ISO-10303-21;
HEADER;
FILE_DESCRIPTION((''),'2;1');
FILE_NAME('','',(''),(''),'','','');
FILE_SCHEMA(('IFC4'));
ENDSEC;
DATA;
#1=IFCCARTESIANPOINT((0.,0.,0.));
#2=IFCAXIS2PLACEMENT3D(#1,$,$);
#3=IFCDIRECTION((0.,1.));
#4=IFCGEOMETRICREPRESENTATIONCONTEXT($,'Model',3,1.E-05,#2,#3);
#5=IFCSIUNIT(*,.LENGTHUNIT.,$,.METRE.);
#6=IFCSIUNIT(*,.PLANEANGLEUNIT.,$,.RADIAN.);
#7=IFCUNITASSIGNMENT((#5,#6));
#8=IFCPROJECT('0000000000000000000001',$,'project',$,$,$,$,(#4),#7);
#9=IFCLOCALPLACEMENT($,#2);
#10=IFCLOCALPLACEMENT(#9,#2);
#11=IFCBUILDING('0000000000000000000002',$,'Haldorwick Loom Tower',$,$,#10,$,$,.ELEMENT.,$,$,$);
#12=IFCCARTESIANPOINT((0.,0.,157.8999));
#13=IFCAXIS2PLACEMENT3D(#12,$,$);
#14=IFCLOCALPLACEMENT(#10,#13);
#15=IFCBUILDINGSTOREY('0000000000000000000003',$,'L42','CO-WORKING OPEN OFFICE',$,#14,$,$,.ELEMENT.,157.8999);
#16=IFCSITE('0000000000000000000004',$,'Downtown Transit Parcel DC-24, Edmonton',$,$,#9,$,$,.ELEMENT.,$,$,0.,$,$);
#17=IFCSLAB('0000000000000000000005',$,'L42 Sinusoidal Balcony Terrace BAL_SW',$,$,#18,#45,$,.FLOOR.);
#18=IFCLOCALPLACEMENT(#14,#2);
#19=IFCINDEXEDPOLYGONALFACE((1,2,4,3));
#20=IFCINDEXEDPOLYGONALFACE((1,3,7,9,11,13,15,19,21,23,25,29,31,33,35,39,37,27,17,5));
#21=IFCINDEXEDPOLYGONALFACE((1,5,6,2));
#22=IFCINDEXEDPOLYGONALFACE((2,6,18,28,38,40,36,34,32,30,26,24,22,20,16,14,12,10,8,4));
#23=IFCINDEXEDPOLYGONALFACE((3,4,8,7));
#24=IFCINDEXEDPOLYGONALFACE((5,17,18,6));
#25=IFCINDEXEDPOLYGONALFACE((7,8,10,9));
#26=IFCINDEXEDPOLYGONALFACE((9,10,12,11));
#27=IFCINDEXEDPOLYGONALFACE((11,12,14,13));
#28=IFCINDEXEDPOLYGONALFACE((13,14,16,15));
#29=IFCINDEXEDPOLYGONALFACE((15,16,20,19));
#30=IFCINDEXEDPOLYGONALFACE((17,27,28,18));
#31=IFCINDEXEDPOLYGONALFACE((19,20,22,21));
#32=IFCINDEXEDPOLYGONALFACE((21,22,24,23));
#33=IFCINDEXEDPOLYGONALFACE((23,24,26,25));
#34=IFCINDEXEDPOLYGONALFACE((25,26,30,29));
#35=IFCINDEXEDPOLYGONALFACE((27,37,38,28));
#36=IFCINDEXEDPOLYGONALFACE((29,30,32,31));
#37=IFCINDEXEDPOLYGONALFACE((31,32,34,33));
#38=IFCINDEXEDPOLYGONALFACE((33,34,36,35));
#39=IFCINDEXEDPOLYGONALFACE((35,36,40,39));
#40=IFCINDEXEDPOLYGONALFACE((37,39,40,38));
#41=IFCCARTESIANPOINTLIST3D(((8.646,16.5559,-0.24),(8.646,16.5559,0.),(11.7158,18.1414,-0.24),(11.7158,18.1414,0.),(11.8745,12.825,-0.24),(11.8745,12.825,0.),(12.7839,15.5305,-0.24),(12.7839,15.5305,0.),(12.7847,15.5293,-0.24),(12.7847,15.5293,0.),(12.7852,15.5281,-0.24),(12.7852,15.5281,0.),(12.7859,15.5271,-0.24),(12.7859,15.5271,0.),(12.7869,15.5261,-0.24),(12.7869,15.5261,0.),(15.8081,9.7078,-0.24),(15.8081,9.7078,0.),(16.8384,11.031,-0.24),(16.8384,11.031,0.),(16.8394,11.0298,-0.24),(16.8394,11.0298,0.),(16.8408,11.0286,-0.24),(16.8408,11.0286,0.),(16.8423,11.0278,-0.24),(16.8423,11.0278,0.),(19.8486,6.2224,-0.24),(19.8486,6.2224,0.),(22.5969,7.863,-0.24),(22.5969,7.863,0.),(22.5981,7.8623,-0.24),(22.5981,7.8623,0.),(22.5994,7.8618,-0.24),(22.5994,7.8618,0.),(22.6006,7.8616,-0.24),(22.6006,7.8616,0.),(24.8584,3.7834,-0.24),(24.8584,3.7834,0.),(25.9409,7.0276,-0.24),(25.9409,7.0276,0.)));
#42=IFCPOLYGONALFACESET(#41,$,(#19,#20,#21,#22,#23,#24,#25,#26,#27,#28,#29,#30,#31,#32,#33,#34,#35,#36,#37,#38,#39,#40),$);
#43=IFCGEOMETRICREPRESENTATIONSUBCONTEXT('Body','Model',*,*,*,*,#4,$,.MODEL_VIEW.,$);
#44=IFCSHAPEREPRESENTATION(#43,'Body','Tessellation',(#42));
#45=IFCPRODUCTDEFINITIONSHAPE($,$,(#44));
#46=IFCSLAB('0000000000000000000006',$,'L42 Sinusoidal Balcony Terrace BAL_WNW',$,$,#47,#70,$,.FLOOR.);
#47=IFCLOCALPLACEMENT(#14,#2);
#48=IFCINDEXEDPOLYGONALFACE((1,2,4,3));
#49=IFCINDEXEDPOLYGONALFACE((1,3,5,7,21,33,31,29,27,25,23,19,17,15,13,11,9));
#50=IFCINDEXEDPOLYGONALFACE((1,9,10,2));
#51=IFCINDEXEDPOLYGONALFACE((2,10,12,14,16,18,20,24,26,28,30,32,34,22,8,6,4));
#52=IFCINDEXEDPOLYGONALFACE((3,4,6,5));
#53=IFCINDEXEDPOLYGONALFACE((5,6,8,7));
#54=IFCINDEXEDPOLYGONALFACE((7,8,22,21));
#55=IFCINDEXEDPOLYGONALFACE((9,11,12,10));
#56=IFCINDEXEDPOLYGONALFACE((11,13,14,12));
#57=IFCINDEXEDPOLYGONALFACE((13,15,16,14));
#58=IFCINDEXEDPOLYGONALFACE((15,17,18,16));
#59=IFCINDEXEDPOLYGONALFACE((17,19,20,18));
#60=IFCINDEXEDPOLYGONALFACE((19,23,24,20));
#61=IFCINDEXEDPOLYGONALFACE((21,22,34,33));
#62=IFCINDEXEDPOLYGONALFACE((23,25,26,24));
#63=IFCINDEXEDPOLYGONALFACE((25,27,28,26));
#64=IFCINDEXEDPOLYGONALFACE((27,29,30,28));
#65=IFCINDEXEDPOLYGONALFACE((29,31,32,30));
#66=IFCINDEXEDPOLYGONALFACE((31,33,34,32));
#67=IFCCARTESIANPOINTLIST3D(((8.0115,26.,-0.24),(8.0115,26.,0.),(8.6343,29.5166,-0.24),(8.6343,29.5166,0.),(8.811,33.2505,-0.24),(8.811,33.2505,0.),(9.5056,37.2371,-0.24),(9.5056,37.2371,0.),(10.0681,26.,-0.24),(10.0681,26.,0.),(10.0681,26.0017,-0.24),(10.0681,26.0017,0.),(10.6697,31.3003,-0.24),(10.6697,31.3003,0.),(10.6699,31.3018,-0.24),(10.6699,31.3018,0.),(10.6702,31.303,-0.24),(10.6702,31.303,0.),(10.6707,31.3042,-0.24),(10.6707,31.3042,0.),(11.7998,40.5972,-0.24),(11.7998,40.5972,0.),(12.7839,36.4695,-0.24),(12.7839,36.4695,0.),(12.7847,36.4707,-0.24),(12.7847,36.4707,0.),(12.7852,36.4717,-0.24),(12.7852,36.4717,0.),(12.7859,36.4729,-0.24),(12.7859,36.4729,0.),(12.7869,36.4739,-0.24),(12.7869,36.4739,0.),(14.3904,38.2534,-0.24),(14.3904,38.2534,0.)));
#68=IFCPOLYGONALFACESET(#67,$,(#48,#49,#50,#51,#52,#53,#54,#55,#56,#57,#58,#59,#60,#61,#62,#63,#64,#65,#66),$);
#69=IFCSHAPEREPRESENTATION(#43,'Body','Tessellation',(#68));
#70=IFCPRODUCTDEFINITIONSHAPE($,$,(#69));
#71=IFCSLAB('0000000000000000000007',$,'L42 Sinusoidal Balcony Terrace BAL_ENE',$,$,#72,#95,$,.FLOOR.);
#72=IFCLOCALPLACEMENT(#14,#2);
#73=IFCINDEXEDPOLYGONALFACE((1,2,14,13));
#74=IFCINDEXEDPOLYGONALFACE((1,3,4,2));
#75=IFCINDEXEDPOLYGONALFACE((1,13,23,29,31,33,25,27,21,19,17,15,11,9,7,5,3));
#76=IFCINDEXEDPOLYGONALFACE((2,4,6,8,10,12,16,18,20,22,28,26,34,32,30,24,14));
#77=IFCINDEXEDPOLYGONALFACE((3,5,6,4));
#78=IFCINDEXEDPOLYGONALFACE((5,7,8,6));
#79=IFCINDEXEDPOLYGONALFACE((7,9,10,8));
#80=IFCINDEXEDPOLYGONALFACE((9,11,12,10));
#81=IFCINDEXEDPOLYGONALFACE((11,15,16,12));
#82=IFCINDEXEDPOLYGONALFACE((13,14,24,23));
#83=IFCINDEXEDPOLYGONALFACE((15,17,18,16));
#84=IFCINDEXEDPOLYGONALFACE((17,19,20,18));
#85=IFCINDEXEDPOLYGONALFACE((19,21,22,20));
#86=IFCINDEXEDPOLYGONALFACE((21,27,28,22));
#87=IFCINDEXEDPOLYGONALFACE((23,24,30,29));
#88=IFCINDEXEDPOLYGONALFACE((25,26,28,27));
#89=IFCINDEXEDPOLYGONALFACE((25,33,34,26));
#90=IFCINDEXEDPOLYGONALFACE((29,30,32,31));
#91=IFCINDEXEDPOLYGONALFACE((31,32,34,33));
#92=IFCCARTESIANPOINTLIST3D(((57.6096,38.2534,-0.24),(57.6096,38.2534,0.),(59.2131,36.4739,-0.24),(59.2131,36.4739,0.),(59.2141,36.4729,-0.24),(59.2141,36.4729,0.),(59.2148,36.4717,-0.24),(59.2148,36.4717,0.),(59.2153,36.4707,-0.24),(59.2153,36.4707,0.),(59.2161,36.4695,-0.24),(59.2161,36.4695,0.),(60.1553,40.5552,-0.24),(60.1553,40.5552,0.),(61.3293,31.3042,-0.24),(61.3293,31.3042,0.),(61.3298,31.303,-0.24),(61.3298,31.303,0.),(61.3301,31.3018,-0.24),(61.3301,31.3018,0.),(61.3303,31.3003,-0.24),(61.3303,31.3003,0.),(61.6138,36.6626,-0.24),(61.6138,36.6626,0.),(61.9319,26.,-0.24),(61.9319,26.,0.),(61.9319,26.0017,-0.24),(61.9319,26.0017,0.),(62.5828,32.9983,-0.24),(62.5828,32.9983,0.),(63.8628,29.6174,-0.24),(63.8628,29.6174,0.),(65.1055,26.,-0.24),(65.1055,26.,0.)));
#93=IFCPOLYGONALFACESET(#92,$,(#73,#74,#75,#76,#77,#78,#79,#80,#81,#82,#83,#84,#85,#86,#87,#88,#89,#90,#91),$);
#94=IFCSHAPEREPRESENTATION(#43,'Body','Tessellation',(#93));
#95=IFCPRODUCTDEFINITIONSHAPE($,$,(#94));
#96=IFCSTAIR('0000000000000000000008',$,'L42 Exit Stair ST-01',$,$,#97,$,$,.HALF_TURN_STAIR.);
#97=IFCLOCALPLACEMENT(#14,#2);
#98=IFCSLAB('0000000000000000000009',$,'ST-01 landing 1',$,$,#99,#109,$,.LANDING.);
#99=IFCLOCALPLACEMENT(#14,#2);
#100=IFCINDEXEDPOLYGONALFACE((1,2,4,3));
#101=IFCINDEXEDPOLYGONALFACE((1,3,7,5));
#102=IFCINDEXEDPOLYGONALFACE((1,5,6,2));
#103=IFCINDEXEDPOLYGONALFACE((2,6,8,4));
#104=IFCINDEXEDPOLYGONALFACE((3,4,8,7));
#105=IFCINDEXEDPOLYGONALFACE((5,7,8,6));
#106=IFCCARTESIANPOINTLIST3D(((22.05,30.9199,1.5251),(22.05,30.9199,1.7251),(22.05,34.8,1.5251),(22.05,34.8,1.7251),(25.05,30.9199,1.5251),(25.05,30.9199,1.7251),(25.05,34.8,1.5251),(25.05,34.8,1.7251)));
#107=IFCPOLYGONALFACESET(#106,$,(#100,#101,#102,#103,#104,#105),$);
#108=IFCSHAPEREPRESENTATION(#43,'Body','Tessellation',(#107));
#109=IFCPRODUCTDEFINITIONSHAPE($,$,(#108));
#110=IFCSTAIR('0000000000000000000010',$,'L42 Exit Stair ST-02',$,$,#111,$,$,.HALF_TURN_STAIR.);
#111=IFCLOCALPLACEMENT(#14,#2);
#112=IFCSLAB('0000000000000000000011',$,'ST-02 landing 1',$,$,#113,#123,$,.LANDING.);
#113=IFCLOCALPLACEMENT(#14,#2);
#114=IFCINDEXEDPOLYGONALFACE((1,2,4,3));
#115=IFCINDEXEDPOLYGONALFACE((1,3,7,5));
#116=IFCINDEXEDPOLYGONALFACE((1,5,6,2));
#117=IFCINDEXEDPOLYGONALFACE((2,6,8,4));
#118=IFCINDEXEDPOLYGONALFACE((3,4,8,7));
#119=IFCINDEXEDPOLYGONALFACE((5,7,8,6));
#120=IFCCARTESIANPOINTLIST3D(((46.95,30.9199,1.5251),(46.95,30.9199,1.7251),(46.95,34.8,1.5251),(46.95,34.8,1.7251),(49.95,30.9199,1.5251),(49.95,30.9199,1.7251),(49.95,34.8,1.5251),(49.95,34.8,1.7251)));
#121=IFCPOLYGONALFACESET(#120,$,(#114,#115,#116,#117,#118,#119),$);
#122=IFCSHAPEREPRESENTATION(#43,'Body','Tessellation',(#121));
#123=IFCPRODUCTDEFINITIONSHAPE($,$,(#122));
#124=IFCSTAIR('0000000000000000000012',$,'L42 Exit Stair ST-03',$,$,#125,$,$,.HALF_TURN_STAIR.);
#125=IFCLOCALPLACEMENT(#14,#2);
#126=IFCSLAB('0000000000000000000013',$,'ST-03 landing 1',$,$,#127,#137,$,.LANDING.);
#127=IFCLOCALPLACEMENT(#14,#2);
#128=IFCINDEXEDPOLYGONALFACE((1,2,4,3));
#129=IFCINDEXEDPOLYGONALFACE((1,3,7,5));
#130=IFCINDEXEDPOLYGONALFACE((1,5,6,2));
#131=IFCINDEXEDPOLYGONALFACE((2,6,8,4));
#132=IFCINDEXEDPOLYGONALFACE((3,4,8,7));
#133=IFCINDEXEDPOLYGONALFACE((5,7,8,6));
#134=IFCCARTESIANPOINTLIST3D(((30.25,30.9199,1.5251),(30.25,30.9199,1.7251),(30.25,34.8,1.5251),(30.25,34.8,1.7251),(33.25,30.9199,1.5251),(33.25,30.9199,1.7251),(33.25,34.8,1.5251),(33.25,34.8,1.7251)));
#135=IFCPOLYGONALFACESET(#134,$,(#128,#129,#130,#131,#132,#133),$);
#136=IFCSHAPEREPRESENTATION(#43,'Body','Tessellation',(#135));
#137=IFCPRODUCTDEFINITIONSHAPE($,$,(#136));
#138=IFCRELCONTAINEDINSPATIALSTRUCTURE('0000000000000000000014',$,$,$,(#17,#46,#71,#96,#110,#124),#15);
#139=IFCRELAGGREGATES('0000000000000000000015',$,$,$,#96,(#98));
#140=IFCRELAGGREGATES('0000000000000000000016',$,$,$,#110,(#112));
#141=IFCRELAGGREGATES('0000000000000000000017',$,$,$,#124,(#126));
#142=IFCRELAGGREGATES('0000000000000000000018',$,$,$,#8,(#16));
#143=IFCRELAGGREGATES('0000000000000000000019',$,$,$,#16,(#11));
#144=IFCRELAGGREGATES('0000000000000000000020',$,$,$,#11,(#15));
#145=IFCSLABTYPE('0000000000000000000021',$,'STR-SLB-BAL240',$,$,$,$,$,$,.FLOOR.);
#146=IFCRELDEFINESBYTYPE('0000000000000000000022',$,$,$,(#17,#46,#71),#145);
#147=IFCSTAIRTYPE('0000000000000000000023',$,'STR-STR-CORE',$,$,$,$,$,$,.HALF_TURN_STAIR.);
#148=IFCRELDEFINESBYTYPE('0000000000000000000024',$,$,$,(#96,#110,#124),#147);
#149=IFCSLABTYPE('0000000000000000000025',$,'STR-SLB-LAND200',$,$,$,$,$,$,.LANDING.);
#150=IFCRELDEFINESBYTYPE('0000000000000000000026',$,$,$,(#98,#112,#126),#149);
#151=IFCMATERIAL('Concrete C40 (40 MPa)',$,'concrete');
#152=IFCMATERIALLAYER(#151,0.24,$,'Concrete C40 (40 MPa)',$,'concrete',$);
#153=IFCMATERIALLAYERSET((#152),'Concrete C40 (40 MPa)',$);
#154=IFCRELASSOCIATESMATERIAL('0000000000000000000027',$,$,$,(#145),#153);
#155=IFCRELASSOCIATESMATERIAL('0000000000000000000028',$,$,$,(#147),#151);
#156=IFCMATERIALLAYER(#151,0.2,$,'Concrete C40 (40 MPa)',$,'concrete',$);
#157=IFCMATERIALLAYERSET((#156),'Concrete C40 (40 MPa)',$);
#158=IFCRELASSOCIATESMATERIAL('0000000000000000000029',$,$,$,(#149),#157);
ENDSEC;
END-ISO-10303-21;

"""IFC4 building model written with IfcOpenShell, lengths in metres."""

from ifc_helpers import new_model, si_unit, direction, frame, origin, place, context, subcontext, project, spatial, polyline, outline, extrude, material, layer, layer_set, type_object, element, aggregate, save


model = new_model("IFC4")

# Units and contexts
model_context = context("Model", 3, precision=1e-05, world=origin(), true_north=direction((0.0, 1.0)))
body_context = subcontext(model_context, "Body", "Model", "MODEL_VIEW")
ifc_project = project(units=[si_unit("LENGTHUNIT", "METRE"), si_unit("PLANEANGLEUNIT", "RADIAN")], contexts=[model_context])

# Site, building, storey
site_placement = place(None, origin())
site = spatial("IfcSite", under=ifc_project, at=site_placement, Name="Downtown Transit Parcel DC-24, Edmonton", CompositionType="ELEMENT", RefElevation=0.0)
building_placement = place(site_placement, origin())
building = spatial("IfcBuilding", under=site, at=building_placement, Name="Haldorwick Loom Tower", CompositionType="ELEMENT")
storey_placement = place(building_placement, frame((0.0, 0.0, 157.8999)))
storey = spatial("IfcBuildingStorey", under=building, at=storey_placement, Name="L42", Description="CO-WORKING OPEN OFFICE", CompositionType="ELEMENT", Elevation=157.8999)

# Slabs
ifc_material_1 = material(Name="Concrete C40 (40 MPa)", Category="concrete")
ifc_layer_1 = layer(ifc_material_1, 0.24, Name="Concrete C40 (40 MPa)", Category="concrete")
ifc_layer_set_1 = layer_set([ifc_layer_1], Name="Concrete C40 (40 MPa)")
slab_type_1 = type_object("IfcSlabType", Name="STR-SLB-BAL240", PredefinedType="FLOOR", material=ifc_layer_set_1)
slab_1_placement = place(storey_placement, frame((0.0, 0.0, -0.24)))
element("IfcSlab", 1, at=slab_1_placement, inside=storey, type_object=slab_type_1, Name="L42 Sinusoidal Balcony Terrace BAL_SW", PredefinedType="FLOOR", context=body_context, shape_type="SweptSolid", body=[
    extrude(outline(polyline([(25.9409, 7.0276), (22.6006, 7.8616), (22.5994, 7.8618), (22.5981, 7.8623), (22.5969, 7.863), (16.8423, 11.0278), (16.8408, 11.0286), (16.8394, 11.0298), (16.8384, 11.031), (12.7869, 15.5261), (12.7859, 15.5271), (12.7852, 15.5281), (12.7847, 15.5293), (12.7839, 15.5305), (11.7158, 18.1414), (8.646, 16.5559), (11.8745, 12.825), (15.8081, 9.7078), (19.8486, 6.2224), (24.8584, 3.7834), (25.9409, 7.0276)])), origin(), (0.0, 0.0, 1.0), 0.24),
])
slab_2_placement = place(storey_placement, frame((0.0, 0.0, -0.24)))
element("IfcSlab", 2, at=slab_2_placement, inside=storey, type_object=slab_type_1, Name="L42 Sinusoidal Balcony Terrace BAL_WNW", PredefinedType="FLOOR", context=body_context, shape_type="SweptSolid", body=[
    extrude(outline(polyline([(10.0681, 26.0), (10.0681, 26.0017), (10.6697, 31.3003), (10.6699, 31.3018), (10.6702, 31.303), (10.6707, 31.3042), (12.7839, 36.4695), (12.7847, 36.4707), (12.7852, 36.4717), (12.7859, 36.4729), (12.7869, 36.4739), (14.3904, 38.2534), (11.7998, 40.5972), (9.5056, 37.2371), (8.811, 33.2505), (8.6343, 29.5166), (8.0115, 26.0), (10.0681, 26.0)])), origin(), (0.0, 0.0, 1.0), 0.24),
])
slab_3_placement = place(storey_placement, frame((0.0, 0.0, -0.24)))
element("IfcSlab", 3, at=slab_3_placement, inside=storey, type_object=slab_type_1, Name="L42 Sinusoidal Balcony Terrace BAL_ENE", PredefinedType="FLOOR", context=body_context, shape_type="SweptSolid", body=[
    extrude(outline(polyline([(57.6096, 38.2534), (59.2131, 36.4739), (59.2141, 36.4729), (59.2148, 36.4717), (59.2153, 36.4707), (59.2161, 36.4695), (61.3293, 31.3042), (61.3298, 31.303), (61.3301, 31.3018), (61.3303, 31.3003), (61.9319, 26.0017), (61.9319, 26.0), (65.1055, 26.0), (63.8628, 29.6174), (62.5828, 32.9983), (61.6138, 36.6626), (60.1553, 40.5552), (57.6096, 38.2534)])), origin(), (0.0, 0.0, 1.0), 0.24),
])

# Stairs, slabs
stair_type = type_object("IfcStairType", Name="STR-STR-CORE", PredefinedType="HALF_TURN_STAIR", material=ifc_material_1)
stair_1_placement = place(storey_placement, origin())
stair_1 = element("IfcStair", 4, at=stair_1_placement, inside=storey, type_object=stair_type, Name="L42 Exit Stair ST-01", PredefinedType="HALF_TURN_STAIR")
ifc_layer_2 = layer(ifc_material_1, 0.2, Name="Concrete C40 (40 MPa)", Category="concrete")
ifc_layer_set_2 = layer_set([ifc_layer_2], Name="Concrete C40 (40 MPa)")
slab_type_2 = type_object("IfcSlabType", Name="STR-SLB-LAND200", PredefinedType="LANDING", material=ifc_layer_set_2)
slab_4_placement = place(storey_placement, frame((0.0, 0.0, 1.5251)))
slab_4 = element("IfcSlab", 5, at=slab_4_placement, type_object=slab_type_2, Name="ST-01 landing 1", PredefinedType="LANDING", context=body_context, shape_type="SweptSolid", body=[
    extrude(outline(polyline([(25.05, 30.9199), (25.05, 34.8), (22.05, 34.8), (22.05, 30.9199), (25.05, 30.9199)])), origin(), (0.0, 0.0, 1.0), 0.2),
])
aggregate(stair_1, [slab_4])
stair_2_placement = place(storey_placement, origin())
stair_2 = element("IfcStair", 6, at=stair_2_placement, inside=storey, type_object=stair_type, Name="L42 Exit Stair ST-02", PredefinedType="HALF_TURN_STAIR")
slab_5_placement = place(storey_placement, frame((0.0, 0.0, 1.5251)))
slab_5 = element("IfcSlab", 7, at=slab_5_placement, type_object=slab_type_2, Name="ST-02 landing 1", PredefinedType="LANDING", context=body_context, shape_type="SweptSolid", body=[
    extrude(outline(polyline([(49.95, 30.9199), (49.95, 34.8), (46.95, 34.8), (46.95, 30.9199), (49.95, 30.9199)])), origin(), (0.0, 0.0, 1.0), 0.2),
])
aggregate(stair_2, [slab_5])
stair_3_placement = place(storey_placement, origin())
stair_3 = element("IfcStair", 8, at=stair_3_placement, inside=storey, type_object=stair_type, Name="L42 Exit Stair ST-03", PredefinedType="HALF_TURN_STAIR")
slab_6_placement = place(storey_placement, frame((0.0, 0.0, 1.5251)))
slab_6 = element("IfcSlab", 9, at=slab_6_placement, type_object=slab_type_2, Name="ST-03 landing 1", PredefinedType="LANDING", context=body_context, shape_type="SweptSolid", body=[
    extrude(outline(polyline([(33.25, 30.9199), (33.25, 34.8), (30.25, 34.8), (30.25, 30.9199), (33.25, 30.9199)])), origin(), (0.0, 0.0, 1.0), 0.2),
])
aggregate(stair_3, [slab_6])

save(model, "model.ifc")
